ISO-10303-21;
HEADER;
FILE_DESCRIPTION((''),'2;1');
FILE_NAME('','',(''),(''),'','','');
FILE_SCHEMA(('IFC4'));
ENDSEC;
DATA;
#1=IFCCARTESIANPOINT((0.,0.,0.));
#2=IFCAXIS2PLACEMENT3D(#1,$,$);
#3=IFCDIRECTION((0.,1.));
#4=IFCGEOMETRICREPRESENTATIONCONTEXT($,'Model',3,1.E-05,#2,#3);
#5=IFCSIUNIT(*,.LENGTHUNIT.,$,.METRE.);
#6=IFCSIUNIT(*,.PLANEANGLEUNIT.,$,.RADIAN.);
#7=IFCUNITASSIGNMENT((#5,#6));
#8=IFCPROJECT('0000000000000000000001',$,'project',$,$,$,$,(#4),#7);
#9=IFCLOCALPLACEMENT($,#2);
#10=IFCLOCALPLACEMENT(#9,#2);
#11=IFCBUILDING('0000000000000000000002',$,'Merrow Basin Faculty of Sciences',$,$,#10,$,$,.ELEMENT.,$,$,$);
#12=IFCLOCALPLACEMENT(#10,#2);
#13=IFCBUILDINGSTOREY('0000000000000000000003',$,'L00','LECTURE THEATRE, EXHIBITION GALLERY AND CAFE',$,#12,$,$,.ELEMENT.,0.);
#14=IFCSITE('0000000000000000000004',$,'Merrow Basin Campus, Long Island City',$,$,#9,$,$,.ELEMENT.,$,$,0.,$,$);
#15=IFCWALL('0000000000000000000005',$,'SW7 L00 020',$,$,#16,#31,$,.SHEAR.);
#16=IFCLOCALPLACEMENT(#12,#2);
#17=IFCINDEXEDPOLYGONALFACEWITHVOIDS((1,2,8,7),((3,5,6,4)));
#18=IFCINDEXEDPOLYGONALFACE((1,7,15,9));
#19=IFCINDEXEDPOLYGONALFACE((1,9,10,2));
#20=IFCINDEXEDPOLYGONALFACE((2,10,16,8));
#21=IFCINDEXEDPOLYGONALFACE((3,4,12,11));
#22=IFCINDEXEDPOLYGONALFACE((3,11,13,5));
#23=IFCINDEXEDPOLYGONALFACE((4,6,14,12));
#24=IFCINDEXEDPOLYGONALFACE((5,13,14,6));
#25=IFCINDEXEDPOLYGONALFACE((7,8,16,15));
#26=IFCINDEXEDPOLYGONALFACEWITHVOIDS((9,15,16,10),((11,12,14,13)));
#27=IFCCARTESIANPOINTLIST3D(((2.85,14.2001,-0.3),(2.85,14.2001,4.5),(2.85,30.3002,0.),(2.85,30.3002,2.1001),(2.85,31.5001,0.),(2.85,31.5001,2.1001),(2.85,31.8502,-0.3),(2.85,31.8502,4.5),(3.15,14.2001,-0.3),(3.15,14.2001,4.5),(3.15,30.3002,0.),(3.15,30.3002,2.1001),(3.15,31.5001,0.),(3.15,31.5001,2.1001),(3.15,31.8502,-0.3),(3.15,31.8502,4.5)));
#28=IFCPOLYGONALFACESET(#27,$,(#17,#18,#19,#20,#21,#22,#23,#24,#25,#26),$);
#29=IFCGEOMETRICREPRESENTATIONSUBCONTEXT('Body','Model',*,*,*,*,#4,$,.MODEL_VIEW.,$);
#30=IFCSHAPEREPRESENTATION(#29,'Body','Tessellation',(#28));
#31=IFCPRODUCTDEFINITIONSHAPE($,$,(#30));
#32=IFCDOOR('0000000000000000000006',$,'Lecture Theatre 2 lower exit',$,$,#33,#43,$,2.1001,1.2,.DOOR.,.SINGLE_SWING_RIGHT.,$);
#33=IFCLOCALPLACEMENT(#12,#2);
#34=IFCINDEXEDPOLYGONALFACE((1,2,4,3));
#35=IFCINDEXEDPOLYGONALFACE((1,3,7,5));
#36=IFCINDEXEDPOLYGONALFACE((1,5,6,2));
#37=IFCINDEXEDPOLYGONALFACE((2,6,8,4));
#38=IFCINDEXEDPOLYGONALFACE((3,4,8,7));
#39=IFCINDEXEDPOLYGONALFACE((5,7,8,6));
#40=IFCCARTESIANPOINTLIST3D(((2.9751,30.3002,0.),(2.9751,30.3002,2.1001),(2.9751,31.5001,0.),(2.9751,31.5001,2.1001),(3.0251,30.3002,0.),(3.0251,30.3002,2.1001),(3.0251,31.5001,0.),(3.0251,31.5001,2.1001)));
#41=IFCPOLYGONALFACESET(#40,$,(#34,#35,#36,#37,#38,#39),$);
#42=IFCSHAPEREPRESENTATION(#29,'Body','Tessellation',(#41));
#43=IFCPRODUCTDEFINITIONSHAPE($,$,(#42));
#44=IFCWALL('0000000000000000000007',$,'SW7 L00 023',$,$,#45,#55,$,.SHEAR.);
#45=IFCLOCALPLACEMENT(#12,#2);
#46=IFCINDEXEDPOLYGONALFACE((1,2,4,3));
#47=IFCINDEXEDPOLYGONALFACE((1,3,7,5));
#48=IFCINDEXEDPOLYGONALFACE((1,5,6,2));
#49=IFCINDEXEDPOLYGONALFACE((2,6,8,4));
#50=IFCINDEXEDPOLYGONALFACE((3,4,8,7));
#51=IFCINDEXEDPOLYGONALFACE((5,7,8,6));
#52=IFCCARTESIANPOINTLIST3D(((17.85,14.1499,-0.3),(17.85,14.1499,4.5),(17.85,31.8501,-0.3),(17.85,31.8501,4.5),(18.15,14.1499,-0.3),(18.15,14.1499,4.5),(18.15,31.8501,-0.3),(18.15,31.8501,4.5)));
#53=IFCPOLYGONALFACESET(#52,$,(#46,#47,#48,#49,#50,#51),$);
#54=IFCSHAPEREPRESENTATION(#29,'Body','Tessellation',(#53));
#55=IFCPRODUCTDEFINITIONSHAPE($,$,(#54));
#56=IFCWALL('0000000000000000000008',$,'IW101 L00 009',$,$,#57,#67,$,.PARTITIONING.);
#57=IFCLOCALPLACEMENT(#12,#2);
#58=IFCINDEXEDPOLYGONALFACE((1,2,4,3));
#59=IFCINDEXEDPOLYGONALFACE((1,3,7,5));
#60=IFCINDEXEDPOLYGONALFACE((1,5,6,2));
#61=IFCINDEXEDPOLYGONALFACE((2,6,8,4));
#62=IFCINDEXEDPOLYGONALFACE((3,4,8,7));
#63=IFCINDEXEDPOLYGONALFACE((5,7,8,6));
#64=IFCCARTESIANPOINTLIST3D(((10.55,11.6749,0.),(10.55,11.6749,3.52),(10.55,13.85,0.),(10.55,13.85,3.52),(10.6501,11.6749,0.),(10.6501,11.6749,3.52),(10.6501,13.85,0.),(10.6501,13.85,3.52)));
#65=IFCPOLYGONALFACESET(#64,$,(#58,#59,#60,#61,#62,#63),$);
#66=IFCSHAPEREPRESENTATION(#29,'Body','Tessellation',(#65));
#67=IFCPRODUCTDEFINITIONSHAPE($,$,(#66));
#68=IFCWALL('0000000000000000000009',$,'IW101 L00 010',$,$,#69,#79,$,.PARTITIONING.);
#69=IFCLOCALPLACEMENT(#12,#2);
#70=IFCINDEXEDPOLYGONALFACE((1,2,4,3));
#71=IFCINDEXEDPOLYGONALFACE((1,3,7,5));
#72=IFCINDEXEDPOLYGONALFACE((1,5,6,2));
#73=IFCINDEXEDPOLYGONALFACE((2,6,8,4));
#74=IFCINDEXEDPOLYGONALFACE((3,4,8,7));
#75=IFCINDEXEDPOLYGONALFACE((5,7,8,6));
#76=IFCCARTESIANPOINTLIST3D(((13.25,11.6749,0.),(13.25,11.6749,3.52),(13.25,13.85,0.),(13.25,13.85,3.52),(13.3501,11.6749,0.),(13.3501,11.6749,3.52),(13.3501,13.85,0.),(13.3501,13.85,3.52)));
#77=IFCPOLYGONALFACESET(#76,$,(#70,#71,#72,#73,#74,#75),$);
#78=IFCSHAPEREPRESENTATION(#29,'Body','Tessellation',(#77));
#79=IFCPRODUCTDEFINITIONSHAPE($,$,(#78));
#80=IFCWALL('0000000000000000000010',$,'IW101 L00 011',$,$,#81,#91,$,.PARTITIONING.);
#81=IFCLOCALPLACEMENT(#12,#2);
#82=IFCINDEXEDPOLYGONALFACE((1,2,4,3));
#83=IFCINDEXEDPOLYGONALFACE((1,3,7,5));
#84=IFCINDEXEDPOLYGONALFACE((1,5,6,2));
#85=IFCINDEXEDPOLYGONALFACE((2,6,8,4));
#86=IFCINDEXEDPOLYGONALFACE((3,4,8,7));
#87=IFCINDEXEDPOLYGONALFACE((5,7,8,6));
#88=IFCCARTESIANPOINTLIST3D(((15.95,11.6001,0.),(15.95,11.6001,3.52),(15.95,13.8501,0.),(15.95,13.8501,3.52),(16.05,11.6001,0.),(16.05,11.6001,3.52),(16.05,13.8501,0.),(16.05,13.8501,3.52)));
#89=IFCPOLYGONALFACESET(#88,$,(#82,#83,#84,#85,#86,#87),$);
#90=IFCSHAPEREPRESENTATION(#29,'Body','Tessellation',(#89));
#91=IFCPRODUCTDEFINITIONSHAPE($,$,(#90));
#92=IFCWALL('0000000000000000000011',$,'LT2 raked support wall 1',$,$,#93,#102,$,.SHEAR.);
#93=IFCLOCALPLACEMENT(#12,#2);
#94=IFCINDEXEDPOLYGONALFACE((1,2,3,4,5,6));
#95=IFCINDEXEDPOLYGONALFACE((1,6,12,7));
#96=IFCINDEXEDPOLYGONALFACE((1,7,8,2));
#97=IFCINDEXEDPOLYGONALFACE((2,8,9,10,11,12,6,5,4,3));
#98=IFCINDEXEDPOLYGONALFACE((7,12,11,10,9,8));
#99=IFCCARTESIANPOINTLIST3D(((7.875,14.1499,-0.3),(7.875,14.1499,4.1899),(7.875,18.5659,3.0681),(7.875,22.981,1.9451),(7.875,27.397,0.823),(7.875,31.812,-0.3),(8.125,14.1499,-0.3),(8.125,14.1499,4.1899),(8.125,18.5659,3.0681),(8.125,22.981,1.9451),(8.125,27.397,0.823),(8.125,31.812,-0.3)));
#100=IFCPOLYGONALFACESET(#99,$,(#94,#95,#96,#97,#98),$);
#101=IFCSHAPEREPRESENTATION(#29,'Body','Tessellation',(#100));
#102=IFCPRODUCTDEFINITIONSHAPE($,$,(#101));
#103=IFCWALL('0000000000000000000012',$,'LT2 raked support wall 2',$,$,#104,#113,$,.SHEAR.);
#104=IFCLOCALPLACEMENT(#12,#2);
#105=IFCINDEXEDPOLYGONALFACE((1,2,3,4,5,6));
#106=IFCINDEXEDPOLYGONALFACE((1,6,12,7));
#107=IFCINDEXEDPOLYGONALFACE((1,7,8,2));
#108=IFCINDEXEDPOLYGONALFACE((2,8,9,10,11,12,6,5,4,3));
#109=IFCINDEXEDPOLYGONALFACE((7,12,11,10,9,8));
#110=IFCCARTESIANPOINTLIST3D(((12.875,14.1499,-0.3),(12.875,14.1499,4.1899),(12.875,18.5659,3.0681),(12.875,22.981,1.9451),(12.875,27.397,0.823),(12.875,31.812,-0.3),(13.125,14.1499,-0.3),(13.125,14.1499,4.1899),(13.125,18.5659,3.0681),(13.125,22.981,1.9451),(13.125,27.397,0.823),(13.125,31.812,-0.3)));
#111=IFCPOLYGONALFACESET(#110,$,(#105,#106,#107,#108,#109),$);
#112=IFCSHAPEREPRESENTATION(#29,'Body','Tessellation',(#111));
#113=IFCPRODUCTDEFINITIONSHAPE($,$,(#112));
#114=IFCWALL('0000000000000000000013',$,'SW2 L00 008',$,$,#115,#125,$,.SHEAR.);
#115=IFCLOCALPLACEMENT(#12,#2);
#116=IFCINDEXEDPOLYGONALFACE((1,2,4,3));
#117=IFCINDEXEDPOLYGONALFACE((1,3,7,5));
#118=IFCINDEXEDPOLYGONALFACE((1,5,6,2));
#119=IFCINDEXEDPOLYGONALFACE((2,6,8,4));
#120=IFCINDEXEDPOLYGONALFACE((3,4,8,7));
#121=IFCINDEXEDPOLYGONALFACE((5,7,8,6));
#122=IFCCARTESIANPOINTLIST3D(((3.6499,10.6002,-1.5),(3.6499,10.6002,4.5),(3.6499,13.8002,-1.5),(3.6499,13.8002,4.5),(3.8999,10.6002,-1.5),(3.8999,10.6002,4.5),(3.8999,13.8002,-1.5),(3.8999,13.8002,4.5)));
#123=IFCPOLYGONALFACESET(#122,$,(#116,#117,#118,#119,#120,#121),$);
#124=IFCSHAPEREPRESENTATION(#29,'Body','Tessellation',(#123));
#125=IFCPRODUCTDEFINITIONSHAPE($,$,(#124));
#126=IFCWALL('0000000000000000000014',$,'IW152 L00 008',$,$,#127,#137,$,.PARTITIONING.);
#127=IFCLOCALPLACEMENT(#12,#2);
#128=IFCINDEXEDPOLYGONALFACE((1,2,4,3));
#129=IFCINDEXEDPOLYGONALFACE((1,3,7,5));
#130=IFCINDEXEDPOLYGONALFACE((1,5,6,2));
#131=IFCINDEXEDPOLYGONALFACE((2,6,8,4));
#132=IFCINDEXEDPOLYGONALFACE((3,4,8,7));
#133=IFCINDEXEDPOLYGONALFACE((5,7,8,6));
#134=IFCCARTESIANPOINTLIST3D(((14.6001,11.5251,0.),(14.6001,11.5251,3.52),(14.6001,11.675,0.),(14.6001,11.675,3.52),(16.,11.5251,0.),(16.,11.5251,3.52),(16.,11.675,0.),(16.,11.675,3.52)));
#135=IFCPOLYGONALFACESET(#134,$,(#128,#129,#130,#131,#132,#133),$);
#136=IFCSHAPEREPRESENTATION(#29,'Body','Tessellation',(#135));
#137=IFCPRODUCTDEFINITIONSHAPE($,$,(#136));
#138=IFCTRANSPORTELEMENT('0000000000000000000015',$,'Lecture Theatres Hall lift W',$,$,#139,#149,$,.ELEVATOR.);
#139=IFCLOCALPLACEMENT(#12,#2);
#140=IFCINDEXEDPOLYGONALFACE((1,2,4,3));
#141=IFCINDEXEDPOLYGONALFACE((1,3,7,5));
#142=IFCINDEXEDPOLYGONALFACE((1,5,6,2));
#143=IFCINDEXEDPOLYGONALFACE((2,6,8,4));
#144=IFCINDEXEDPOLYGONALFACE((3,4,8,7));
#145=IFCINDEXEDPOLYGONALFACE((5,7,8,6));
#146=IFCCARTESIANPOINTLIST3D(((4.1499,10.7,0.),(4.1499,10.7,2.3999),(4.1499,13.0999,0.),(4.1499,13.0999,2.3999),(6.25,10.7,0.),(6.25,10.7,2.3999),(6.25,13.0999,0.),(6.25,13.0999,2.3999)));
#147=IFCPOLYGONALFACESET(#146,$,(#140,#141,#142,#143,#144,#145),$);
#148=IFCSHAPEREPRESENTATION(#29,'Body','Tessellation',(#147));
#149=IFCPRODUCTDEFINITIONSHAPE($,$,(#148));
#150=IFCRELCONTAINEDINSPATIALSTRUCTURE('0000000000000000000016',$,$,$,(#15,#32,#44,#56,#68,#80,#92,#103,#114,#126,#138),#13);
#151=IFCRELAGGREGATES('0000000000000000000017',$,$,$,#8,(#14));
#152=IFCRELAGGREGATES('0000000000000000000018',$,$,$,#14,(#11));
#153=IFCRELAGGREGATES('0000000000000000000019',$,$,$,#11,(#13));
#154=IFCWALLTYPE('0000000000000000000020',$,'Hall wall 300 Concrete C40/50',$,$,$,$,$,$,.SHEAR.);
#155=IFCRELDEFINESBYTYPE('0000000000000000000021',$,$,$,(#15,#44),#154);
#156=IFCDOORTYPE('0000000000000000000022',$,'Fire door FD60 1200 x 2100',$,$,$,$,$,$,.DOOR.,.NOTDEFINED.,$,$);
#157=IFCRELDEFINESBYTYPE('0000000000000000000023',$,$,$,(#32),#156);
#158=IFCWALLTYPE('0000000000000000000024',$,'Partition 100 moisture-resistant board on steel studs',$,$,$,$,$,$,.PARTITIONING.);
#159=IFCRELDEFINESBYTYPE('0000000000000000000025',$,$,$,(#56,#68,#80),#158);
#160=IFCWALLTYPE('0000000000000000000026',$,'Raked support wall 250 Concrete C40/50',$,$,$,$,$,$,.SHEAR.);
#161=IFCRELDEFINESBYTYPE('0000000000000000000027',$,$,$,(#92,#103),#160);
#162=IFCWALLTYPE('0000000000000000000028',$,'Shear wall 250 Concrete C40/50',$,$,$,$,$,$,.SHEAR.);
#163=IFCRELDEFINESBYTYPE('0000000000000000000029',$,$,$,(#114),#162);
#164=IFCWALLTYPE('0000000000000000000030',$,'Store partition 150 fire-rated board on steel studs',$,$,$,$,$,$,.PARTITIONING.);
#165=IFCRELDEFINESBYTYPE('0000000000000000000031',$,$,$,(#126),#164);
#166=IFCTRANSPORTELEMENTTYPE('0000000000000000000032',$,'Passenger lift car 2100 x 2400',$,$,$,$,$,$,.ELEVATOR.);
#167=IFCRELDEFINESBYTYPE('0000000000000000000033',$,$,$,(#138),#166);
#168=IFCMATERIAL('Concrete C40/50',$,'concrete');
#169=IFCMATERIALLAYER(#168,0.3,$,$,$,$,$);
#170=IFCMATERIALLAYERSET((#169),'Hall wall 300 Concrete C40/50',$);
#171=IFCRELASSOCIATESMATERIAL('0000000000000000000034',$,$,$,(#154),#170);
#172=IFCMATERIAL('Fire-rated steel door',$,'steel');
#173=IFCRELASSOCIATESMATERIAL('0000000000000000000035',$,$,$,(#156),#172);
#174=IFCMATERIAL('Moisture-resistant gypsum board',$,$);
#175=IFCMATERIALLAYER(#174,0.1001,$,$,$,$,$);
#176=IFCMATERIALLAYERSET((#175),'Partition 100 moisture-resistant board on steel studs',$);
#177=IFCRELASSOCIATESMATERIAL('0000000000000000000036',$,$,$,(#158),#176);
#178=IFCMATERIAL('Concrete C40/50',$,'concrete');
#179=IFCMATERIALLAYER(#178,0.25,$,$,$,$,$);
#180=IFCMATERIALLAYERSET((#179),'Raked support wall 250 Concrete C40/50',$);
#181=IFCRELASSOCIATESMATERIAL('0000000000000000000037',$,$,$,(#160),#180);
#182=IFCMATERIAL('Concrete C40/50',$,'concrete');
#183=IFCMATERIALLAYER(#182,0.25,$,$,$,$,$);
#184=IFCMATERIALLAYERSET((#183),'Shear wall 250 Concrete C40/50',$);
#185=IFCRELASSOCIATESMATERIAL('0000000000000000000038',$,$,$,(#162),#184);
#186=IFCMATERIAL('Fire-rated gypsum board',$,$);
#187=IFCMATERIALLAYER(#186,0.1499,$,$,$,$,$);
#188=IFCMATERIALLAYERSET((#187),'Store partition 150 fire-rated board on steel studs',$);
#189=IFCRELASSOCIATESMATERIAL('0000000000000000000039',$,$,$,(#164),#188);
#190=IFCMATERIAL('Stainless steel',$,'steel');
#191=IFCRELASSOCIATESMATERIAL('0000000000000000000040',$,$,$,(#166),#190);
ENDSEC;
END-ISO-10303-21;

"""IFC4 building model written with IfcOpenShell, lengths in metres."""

from ifc_helpers import new_model, si_unit, direction, frame, frame_2d, origin, origin_2d, place, context, subcontext, project, spatial, polyline, rectangle, outline, extrude, material, layer, layer_set, type_object, element, fill, save


model = new_model("IFC4")

# Units and contexts
model_context = context("Model", 3, precision=1e-05, world=origin(), true_north=direction((0.0, 1.0)))
body_context = subcontext(model_context, "Body", "Model", "MODEL_VIEW")
ifc_project = project(units=[si_unit("LENGTHUNIT", "METRE"), si_unit("PLANEANGLEUNIT", "RADIAN")], contexts=[model_context])

# Site, building, storey
site_placement = place(None, origin())
site = spatial("IfcSite", under=ifc_project, at=site_placement, Name="Merrow Basin Campus, Long Island City", CompositionType="ELEMENT", RefElevation=0.0)
building_placement = place(site_placement, origin())
building = spatial("IfcBuilding", under=site, at=building_placement, Name="Merrow Basin Faculty of Sciences", CompositionType="ELEMENT")
storey_placement = place(building_placement, origin())
storey = spatial("IfcBuildingStorey", under=building, at=storey_placement, Name="L00", Description="LECTURE THEATRE, EXHIBITION GALLERY AND CAFE", CompositionType="ELEMENT", Elevation=0.0)

# Shared definitions
ifc_material_1 = material(Name="Concrete C40/50", Category="concrete")
ifc_layer_1 = layer(ifc_material_1, 0.3)
ifc_layer_set_1 = layer_set([ifc_layer_1], Name="Hall wall 300 Concrete C40/50")
wall_type_1 = type_object("IfcWallType", Name="Hall wall 300 Concrete C40/50", PredefinedType="SHEAR", material=ifc_layer_set_1)

# Wall, opening, door
wall_1_placement = place(storey_placement, frame((3.0, 14.2, -0.3), z_axis=(0.0, 0.0, 1.0), x_axis=(0.0, 1.0, 0.0)))
wall_1 = element("IfcWall", 1, at=wall_1_placement, inside=storey, type_object=wall_type_1, Name="SW7 L00 020", PredefinedType="SHEAR", context=body_context, shape_type="SweptSolid", body=[
    extrude(rectangle(XDim=17.6501, YDim=0.3, at=frame_2d((8.8252, 0.0))), origin(), (0.0, 0.0, 1.0), 4.8),
])
opening_1_placement = place(wall_1_placement, frame((16.1001, 0.0, 0.3)))
opening_1 = element("IfcOpeningElement", 2, at=opening_1_placement, cuts=wall_1, PredefinedType="OPENING", context=body_context, shape_type="SweptSolid", body=[
    extrude(rectangle(XDim=1.2, YDim=2.1001, at=frame_2d((0.6001, 1.05))), frame((0.0, 0.1599, 0.0), z_axis=(0.0, -1.0, 0.0), x_axis=(1.0, 0.0, 0.0)), (0.0, 0.0, 1.0), 0.3201),
])
ifc_material_2 = material(Name="Fire-rated steel door", Category="steel")
door_type_1 = type_object("IfcDoorType", Name="Fire door FD60 1200 x 2100", OperationType="NOTDEFINED", PredefinedType="DOOR", material=ifc_material_2)
door_1_placement = place(opening_1_placement, origin())
door_1 = element("IfcDoor", 3, at=door_1_placement, inside=storey, type_object=door_type_1, Name="Lecture Theatre 2 lower exit", OperationType="SINGLE_SWING_RIGHT", OverallHeight=2.1001, OverallWidth=1.2, PredefinedType="DOOR", context=body_context, shape_type="SweptSolid", body=[
    extrude(rectangle(XDim=1.2, YDim=2.1001, at=frame_2d((0.6001, 1.05))), frame((0.0, 0.0249, 0.0), z_axis=(0.0, -1.0, 0.0), x_axis=(1.0, 0.0, 0.0)), (0.0, 0.0, 1.0), 0.05),
])
fill(opening_1, door_1)

# Walls
wall_2_placement = place(storey_placement, frame((18.0, 14.1499, -0.3), z_axis=(0.0, 0.0, 1.0), x_axis=(0.0, 1.0, 0.0)))
element("IfcWall", 4, at=wall_2_placement, inside=storey, type_object=wall_type_1, Name="SW7 L00 023", PredefinedType="SHEAR", context=body_context, shape_type="SweptSolid", body=[
    extrude(rectangle(XDim=17.7002, YDim=0.3, at=frame_2d((8.8501, 0.0))), origin(), (0.0, 0.0, 1.0), 4.8),
])
ifc_material_3 = material(Name="Moisture-resistant gypsum board")
ifc_layer_2 = layer(ifc_material_3, 0.1001)
ifc_layer_set_2 = layer_set([ifc_layer_2], Name="Partition 100 moisture-resistant board on steel studs")
wall_type_2 = type_object("IfcWallType", Name="Partition 100 moisture-resistant board on steel studs", PredefinedType="PARTITIONING", material=ifc_layer_set_2)
for number, where, z_axis, x_axis, name in (
    (5, (10.6001, 11.675, 0.0), (0.0, 0.0, 1.0), (0.0, 1.0, 0.0), "IW101 L00 009"),
    (6, (13.3, 11.675, 0.0), (0.0, 0.0, 1.0), (0.0, 1.0, 0.0), "IW101 L00 010"),
):
    element("IfcWall", number, at=place(storey_placement, frame(where, z_axis=z_axis, x_axis=x_axis)), inside=storey, type_object=wall_type_2, Name=name, PredefinedType="PARTITIONING", context=body_context, shape_type="SweptSolid", body=[
        extrude(rectangle(XDim=2.175, YDim=0.1001, at=frame_2d((1.0874, 0.0))), origin(), (0.0, 0.0, 1.0), 3.52),
    ])
wall_3_placement = place(storey_placement, frame((16.0, 11.6001, 0.0), z_axis=(0.0, 0.0, 1.0), x_axis=(0.0, 1.0, 0.0)))
element("IfcWall", 7, at=wall_3_placement, inside=storey, type_object=wall_type_2, Name="IW101 L00 011", PredefinedType="PARTITIONING", context=body_context, shape_type="SweptSolid", body=[
    extrude(rectangle(XDim=2.25, YDim=0.1001, at=frame_2d((1.125, 0.0))), origin(), (0.0, 0.0, 1.0), 3.52),
])
ifc_material_4 = material(Name="Concrete C40/50", Category="concrete")
ifc_layer_3 = layer(ifc_material_4, 0.25)
ifc_layer_set_3 = layer_set([ifc_layer_3], Name="Raked support wall 250 Concrete C40/50")
wall_type_3 = type_object("IfcWallType", Name="Raked support wall 250 Concrete C40/50", PredefinedType="SHEAR", material=ifc_layer_set_3)
for number, where, z_axis, x_axis, name in (
    (8, (8.0, 14.1499, -0.3), (0.0, 0.0, 1.0), (0.0, 1.0, 0.0), "LT2 raked support wall 1"),
    (9, (13.0, 14.1499, -0.3), (0.0, 0.0, 1.0), (0.0, 1.0, 0.0), "LT2 raked support wall 2"),
):
    element("IfcWall", number, at=place(storey_placement, frame(where, z_axis=z_axis, x_axis=x_axis)), inside=storey, type_object=wall_type_3, Name=name, PredefinedType="SHEAR", context=body_context, shape_type="SweptSolid", body=[
        extrude(outline(polyline([(0.0, 0.0), (17.6621, 0.0), (17.6621, 0.0), (13.2471, 1.123), (8.8311, 2.2451), (4.416, 3.3682), (0.0, 4.49), (0.0, 0.0)])), frame((0.0, 0.125, 0.0), z_axis=(0.0, -1.0, 0.0), x_axis=(1.0, 0.0, 0.0)), (0.0, 0.0, 1.0), 0.25),
    ])
ifc_material_5 = material(Name="Concrete C40/50", Category="concrete")
ifc_layer_4 = layer(ifc_material_5, 0.25)
ifc_layer_set_4 = layer_set([ifc_layer_4], Name="Shear wall 250 Concrete C40/50")
wall_type_4 = type_object("IfcWallType", Name="Shear wall 250 Concrete C40/50", PredefinedType="SHEAR", material=ifc_layer_set_4)
wall_4_placement = place(storey_placement, frame((3.7749, 10.6001, -1.5), z_axis=(0.0, 0.0, 1.0), x_axis=(0.0, 1.0, 0.0)))
element("IfcWall", 10, at=wall_4_placement, inside=storey, type_object=wall_type_4, Name="SW2 L00 008", PredefinedType="SHEAR", context=body_context, shape_type="SweptSolid", body=[
    extrude(rectangle(XDim=3.2, YDim=0.25, at=frame_2d((1.6001, 0.0))), origin(), (0.0, 0.0, 1.0), 6.0),
])
ifc_material_6 = material(Name="Fire-rated gypsum board")
ifc_layer_5 = layer(ifc_material_6, 0.1499)
ifc_layer_set_5 = layer_set([ifc_layer_5], Name="Store partition 150 fire-rated board on steel studs")
wall_type_5 = type_object("IfcWallType", Name="Store partition 150 fire-rated board on steel studs", PredefinedType="PARTITIONING", material=ifc_layer_set_5)
wall_5_placement = place(storey_placement, frame((14.6001, 11.6001, 0.0), z_axis=(0.0, 0.0, 1.0), x_axis=(1.0, 0.0, 0.0)))
element("IfcWall", 11, at=wall_5_placement, inside=storey, type_object=wall_type_5, Name="IW152 L00 008", PredefinedType="PARTITIONING", context=body_context, shape_type="SweptSolid", body=[
    extrude(rectangle(XDim=1.3999, YDim=0.1499, at=frame_2d((0.7, 0.0))), origin(), (0.0, 0.0, 1.0), 3.52),
])

# Transport element
ifc_material_7 = material(Name="Stainless steel", Category="steel")
transport_element_type = type_object("IfcTransportElementType", Name="Passenger lift car 2100 x 2400", PredefinedType="ELEVATOR", material=ifc_material_7)
transport_element_placement = place(storey_placement, frame((5.2, 11.8999, 0.0), z_axis=(0.0, 0.0, 1.0), x_axis=(1.0, 0.0, 0.0)))
element("IfcTransportElement", 12, at=transport_element_placement, inside=storey, type_object=transport_element_type, Name="Lecture Theatres Hall lift W", PredefinedType="ELEVATOR", context=body_context, shape_type="SweptSolid", body=[
    extrude(rectangle(XDim=2.1001, YDim=2.3999, at=origin_2d()), origin(), (0.0, 0.0, 1.0), 2.3999),
])

save(model, "model.ifc")
